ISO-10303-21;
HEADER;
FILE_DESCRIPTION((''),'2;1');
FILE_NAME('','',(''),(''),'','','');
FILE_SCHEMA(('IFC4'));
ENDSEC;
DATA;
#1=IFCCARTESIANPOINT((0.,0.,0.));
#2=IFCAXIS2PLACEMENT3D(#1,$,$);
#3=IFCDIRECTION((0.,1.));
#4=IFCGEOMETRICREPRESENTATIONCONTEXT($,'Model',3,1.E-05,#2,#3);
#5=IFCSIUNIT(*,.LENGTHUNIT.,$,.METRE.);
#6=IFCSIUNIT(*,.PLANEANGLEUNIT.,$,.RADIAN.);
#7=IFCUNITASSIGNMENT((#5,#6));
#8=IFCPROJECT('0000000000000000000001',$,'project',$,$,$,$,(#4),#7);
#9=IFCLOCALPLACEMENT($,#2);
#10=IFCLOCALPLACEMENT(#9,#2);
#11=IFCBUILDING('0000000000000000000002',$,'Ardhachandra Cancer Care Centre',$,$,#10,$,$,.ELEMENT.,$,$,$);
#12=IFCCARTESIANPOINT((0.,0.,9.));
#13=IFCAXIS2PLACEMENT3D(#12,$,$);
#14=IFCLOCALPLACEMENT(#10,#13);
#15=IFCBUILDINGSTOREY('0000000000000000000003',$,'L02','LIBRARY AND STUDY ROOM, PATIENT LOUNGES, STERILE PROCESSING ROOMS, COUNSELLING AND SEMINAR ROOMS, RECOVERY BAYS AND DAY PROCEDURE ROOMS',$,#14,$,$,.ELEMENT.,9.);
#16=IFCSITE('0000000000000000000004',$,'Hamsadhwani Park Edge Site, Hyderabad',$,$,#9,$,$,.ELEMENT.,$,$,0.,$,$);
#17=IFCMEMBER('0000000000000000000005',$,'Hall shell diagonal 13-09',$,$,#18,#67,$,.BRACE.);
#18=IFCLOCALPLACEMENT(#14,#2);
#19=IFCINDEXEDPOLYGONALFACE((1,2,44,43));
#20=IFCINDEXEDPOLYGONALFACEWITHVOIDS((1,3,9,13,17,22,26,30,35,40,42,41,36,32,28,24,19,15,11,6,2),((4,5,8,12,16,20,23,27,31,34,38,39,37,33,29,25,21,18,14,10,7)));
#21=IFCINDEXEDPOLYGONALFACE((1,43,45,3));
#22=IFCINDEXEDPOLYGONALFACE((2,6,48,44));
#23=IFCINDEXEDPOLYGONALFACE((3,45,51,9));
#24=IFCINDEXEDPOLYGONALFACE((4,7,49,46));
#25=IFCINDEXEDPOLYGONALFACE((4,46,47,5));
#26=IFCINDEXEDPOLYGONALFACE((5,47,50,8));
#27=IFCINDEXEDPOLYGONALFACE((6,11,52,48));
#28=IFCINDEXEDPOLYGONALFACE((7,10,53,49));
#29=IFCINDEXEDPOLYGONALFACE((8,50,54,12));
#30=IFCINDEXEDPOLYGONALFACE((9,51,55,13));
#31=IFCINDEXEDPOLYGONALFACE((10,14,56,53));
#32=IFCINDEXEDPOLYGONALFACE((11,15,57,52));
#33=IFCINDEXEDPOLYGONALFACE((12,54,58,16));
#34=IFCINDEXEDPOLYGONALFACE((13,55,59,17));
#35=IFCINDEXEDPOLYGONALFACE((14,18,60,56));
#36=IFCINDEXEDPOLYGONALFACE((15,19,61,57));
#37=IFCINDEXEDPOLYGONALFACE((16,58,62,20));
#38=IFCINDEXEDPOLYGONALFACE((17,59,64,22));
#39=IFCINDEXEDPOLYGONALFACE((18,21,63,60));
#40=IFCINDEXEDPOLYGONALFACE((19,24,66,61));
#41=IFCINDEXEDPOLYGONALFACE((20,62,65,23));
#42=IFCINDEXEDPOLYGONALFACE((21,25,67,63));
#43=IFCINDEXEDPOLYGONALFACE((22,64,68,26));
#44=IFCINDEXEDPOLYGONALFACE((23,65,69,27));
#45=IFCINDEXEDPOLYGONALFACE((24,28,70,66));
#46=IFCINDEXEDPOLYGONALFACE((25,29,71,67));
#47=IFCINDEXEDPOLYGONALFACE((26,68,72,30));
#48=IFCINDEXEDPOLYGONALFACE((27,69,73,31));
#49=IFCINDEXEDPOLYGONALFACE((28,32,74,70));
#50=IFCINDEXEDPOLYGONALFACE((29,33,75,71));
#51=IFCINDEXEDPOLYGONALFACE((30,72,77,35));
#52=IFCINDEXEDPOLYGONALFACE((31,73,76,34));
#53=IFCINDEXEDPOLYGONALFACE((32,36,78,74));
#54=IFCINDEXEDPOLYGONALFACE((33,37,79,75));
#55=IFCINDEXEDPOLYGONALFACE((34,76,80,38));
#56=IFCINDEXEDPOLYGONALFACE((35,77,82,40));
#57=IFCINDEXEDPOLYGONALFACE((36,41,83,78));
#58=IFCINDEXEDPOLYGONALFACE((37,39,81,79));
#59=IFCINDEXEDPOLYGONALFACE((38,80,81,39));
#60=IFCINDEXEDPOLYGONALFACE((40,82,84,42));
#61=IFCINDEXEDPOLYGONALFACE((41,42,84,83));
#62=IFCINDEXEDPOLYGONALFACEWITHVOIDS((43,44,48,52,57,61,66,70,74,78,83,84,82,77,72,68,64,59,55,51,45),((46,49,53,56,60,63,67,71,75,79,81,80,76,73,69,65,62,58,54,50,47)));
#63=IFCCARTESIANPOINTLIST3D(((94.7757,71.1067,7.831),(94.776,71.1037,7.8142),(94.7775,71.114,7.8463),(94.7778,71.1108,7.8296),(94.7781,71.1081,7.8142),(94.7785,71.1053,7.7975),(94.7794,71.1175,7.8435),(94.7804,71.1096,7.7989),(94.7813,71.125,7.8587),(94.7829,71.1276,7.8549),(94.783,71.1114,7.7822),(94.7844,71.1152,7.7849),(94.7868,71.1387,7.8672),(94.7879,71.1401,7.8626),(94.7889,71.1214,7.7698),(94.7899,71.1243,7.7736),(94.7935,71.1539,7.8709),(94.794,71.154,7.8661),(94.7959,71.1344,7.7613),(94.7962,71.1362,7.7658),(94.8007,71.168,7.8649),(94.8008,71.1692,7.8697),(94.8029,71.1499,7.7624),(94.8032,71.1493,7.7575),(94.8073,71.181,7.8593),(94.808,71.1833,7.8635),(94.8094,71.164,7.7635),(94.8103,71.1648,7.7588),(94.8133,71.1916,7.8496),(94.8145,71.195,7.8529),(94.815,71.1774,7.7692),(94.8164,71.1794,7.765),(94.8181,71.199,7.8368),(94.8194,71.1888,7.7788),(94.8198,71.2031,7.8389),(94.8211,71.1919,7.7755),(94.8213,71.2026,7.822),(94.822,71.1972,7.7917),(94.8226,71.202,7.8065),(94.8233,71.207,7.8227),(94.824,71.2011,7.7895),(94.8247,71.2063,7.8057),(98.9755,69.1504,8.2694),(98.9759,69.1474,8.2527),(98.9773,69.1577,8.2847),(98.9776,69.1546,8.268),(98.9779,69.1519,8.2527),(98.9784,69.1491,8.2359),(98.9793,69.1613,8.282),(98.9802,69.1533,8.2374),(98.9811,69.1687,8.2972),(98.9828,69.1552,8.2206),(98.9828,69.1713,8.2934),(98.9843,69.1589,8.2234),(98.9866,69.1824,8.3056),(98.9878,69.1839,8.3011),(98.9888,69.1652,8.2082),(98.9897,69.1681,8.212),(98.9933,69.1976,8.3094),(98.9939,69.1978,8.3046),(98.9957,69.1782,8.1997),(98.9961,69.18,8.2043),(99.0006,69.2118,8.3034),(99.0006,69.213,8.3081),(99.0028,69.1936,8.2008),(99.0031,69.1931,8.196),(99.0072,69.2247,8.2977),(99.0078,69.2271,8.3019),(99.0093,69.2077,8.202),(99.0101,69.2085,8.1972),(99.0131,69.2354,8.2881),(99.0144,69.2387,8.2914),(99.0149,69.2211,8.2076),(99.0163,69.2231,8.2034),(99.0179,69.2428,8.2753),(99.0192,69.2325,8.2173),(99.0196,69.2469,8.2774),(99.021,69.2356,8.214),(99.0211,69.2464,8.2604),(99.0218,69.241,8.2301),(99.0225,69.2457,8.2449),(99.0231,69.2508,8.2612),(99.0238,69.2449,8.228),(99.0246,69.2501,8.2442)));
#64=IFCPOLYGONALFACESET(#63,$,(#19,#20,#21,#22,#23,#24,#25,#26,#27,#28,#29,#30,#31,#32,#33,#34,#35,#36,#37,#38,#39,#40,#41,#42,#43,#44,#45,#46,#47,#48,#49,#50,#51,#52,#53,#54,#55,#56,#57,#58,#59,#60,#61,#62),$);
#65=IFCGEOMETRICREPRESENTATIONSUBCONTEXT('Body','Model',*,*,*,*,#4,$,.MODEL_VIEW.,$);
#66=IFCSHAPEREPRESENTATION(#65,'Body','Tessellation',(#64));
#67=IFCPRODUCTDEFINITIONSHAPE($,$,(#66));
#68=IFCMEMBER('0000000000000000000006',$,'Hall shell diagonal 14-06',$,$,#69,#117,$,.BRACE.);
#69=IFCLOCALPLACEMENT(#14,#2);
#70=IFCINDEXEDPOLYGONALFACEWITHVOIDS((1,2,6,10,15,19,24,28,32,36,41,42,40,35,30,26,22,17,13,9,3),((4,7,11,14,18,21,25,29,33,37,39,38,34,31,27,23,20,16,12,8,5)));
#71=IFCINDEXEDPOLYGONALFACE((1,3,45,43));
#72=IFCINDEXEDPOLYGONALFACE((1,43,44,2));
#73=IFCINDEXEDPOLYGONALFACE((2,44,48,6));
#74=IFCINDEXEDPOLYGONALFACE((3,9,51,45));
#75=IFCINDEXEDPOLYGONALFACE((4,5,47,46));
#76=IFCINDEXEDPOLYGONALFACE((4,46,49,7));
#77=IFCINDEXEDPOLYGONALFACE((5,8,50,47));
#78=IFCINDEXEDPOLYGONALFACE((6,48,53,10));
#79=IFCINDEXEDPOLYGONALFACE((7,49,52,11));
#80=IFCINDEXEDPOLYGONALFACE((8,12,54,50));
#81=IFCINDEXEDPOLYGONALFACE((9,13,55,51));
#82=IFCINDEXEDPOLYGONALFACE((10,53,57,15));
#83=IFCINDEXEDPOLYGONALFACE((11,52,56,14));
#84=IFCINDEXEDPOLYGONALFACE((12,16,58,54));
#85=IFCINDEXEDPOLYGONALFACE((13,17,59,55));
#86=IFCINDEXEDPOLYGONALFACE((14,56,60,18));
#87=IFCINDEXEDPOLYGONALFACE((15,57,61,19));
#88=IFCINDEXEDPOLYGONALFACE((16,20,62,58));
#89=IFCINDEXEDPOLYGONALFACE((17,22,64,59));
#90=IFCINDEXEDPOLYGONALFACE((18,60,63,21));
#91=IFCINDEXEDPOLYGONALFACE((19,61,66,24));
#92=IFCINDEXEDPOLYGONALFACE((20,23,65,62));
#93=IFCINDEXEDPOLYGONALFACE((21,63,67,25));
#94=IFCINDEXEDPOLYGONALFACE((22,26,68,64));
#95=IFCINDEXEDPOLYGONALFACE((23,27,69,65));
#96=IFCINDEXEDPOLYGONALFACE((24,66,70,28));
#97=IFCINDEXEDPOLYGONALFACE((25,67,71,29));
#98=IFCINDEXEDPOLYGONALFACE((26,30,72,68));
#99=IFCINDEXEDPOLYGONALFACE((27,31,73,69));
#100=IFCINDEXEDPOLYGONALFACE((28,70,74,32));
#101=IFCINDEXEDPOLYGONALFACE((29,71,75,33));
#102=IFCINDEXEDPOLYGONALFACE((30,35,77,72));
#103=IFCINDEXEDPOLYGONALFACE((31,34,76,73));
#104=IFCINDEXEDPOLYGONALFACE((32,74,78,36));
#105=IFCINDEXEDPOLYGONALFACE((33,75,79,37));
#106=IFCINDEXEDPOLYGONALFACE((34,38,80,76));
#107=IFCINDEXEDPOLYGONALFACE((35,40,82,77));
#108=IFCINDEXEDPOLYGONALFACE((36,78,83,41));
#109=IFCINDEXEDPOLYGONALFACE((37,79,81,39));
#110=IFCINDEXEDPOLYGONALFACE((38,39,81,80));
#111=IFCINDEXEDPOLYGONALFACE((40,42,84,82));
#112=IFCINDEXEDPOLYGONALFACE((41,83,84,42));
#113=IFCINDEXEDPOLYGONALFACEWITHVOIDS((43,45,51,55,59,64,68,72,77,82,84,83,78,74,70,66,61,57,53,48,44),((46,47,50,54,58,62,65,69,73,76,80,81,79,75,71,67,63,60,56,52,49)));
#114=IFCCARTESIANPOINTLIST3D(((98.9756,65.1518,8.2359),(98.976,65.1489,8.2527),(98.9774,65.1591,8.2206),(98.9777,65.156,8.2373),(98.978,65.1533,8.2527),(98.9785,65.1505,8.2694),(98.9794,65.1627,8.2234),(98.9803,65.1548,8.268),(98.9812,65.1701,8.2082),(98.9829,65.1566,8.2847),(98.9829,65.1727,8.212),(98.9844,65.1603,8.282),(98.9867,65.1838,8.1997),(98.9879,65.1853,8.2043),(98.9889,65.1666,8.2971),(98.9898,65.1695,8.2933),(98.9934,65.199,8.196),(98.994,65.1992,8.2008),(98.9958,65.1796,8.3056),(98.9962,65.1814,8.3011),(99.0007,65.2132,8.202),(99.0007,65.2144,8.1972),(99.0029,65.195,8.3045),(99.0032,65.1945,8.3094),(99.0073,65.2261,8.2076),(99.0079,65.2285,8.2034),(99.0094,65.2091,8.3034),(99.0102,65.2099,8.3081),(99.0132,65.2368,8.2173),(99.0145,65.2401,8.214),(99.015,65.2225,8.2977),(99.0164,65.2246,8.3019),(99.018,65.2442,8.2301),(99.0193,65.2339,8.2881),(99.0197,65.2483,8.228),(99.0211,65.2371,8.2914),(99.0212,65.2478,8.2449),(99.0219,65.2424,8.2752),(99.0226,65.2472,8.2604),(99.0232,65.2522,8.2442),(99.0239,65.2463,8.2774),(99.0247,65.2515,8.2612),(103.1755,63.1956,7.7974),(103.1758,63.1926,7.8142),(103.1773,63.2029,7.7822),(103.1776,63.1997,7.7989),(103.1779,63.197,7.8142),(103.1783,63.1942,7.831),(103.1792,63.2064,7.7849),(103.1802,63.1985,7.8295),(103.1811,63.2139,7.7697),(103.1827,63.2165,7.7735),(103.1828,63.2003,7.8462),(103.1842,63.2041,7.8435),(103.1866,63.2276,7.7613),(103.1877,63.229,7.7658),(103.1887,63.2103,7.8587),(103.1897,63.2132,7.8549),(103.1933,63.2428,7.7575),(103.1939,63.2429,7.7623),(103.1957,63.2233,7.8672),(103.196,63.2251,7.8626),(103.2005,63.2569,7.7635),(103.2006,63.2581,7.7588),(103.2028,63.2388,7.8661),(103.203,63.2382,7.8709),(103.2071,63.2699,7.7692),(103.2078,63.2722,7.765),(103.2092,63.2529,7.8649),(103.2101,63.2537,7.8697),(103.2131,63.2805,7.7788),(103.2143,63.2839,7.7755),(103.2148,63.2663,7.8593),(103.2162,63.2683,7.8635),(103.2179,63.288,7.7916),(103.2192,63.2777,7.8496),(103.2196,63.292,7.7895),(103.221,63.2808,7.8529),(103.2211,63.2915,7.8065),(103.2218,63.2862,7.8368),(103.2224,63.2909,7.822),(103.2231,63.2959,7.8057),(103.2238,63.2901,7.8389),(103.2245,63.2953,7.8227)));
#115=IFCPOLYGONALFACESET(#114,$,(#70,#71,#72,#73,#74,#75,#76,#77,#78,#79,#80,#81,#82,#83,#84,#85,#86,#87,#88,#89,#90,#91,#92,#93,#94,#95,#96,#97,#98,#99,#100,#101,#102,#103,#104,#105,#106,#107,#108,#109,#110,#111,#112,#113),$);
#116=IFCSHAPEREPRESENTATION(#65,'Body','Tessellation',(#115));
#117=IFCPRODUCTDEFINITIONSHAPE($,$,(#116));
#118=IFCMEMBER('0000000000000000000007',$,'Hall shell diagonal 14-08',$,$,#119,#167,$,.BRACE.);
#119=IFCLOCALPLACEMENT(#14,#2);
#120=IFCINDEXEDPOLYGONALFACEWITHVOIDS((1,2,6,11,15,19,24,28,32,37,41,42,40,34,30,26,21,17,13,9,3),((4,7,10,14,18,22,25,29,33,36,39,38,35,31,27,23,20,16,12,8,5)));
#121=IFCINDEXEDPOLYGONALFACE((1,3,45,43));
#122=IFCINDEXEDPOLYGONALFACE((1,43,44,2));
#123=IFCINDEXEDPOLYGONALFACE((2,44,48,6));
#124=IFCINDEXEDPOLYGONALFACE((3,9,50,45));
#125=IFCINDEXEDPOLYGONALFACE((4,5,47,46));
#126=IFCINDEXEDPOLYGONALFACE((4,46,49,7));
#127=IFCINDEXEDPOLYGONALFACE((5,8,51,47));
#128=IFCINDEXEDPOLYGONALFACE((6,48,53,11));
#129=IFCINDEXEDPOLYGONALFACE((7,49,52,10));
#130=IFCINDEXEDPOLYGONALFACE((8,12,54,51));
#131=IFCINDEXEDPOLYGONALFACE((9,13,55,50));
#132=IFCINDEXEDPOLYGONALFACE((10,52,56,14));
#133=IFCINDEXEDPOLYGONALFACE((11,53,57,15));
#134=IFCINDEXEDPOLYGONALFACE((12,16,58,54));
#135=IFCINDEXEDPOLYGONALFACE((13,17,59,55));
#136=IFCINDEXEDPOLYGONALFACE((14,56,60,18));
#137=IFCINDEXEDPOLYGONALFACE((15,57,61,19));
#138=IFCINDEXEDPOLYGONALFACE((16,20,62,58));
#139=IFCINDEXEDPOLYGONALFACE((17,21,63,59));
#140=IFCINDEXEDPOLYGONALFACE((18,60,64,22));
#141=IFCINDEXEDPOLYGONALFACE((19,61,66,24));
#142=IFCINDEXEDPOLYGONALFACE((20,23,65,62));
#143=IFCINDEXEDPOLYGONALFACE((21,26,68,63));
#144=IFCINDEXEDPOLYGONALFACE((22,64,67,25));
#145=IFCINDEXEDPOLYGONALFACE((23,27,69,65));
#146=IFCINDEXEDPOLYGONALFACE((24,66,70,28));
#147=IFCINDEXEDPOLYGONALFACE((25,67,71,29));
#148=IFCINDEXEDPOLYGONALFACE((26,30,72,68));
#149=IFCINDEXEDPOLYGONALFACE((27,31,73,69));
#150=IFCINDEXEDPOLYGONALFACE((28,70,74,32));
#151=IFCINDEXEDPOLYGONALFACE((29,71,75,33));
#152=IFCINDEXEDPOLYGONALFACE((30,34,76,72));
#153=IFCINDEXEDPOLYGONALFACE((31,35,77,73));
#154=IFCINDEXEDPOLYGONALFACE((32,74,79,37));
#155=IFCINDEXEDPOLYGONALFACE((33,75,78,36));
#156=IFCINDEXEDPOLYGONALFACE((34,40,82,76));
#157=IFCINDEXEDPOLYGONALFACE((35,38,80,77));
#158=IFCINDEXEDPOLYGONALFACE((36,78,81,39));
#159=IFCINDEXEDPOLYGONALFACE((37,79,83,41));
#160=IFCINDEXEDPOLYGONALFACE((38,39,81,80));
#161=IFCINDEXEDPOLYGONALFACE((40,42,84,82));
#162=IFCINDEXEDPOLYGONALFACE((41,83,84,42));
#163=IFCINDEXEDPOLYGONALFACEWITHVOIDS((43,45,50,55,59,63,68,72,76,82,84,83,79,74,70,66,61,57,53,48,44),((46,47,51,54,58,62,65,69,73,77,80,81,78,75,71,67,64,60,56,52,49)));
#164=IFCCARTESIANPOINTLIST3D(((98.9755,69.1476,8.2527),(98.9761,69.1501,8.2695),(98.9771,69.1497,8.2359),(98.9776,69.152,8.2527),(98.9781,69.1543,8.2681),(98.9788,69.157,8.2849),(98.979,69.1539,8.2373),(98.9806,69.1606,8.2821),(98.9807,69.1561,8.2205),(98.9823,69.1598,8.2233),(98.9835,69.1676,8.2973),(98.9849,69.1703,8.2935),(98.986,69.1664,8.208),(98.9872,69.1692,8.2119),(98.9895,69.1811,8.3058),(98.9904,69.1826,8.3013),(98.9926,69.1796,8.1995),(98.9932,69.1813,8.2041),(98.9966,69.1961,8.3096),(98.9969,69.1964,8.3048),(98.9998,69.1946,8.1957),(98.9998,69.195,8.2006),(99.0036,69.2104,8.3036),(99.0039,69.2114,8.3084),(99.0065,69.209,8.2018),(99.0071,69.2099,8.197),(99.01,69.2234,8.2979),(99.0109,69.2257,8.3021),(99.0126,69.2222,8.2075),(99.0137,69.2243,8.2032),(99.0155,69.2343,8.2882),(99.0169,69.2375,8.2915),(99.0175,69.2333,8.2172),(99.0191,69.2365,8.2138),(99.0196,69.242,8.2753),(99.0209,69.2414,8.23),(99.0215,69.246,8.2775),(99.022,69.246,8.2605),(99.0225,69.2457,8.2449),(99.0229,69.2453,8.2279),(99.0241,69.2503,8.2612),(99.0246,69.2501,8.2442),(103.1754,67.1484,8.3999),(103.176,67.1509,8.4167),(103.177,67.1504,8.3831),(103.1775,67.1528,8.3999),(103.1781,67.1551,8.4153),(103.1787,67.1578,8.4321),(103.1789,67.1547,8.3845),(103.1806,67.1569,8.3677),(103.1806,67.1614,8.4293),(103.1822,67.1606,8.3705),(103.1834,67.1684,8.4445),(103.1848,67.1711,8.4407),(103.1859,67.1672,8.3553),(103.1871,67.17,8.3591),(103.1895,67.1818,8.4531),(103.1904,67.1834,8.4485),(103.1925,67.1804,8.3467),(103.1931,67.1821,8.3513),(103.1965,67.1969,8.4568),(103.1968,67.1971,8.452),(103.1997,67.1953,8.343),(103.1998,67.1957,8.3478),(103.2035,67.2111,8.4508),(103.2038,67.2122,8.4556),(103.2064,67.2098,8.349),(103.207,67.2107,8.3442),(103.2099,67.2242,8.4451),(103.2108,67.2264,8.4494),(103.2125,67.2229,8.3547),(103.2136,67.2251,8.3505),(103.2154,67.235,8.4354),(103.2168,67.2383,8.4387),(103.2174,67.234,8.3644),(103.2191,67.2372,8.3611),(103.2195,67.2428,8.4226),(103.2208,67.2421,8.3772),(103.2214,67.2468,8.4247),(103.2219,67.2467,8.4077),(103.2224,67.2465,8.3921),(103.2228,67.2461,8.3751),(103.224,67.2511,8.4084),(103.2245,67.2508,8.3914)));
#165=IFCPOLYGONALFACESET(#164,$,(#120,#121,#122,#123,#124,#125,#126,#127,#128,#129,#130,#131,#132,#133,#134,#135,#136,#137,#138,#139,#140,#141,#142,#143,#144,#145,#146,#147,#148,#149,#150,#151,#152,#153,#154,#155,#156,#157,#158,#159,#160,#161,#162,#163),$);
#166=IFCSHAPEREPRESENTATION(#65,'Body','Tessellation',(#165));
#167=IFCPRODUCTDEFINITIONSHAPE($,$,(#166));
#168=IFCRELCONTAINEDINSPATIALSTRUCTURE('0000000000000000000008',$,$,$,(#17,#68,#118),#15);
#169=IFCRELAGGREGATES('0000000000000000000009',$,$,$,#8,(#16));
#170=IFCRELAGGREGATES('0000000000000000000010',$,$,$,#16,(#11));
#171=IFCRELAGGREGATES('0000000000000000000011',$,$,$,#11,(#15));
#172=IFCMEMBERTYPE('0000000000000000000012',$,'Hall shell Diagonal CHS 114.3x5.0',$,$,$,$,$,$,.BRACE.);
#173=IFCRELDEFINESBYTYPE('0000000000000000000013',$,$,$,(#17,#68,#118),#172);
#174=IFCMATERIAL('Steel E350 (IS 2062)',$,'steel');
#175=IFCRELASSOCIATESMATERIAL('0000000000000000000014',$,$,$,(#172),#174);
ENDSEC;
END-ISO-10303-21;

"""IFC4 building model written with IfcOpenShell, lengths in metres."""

from ifc_helpers import new_model, si_unit, direction, frame, origin, origin_2d, place, context, subcontext, project, spatial, hollow_circle, extrude, material, material_profile, profile_set, type_object, element, save


model = new_model("IFC4")

# Units and contexts
model_context = context("Model", 3, precision=1e-05, world=origin(), true_north=direction((0.0, 1.0)))
body_context = subcontext(model_context, "Body", "Model", "MODEL_VIEW")
ifc_project = project(units=[si_unit("LENGTHUNIT", "METRE"), si_unit("PLANEANGLEUNIT", "RADIAN")], contexts=[model_context])

# Site, building, storey
site_placement = place(None, origin())
site = spatial("IfcSite", under=ifc_project, at=site_placement, Name="Hamsadhwani Park Edge Site, Hyderabad", CompositionType="ELEMENT", RefElevation=0.0)
building_placement = place(site_placement, origin())
building = spatial("IfcBuilding", under=site, at=building_placement, Name="Ardhachandra Cancer Care Centre", CompositionType="ELEMENT")
storey_placement = place(building_placement, frame((0.0, 0.0, 9.0)))
storey = spatial("IfcBuildingStorey", under=building, at=storey_placement, Name="L02", Description="LIBRARY AND STUDY ROOM, PATIENT LOUNGES, STERILE PROCESSING ROOMS, COUNSELLING AND SEMINAR ROOMS, RECOVERY BAYS AND DAY PROCEDURE ROOMS", CompositionType="ELEMENT", Elevation=9.0)

# Members
ifc_material_1 = material(Name="Steel E350 (IS 2062)", Category="steel")
ifc_material_profile_1 = material_profile(ifc_material_1, hollow_circle(Radius=0.0571, WallThickness=0.0049, at=origin_2d()), Name="CHS 114.3x5.0")
ifc_profile_set_1 = profile_set([ifc_material_profile_1], Name="Steel E350 (IS 2062)")
member_type_1 = type_object("IfcMemberType", Name="Hall shell Diagonal CHS 114.3x5.0", PredefinedType="BRACE", material=ifc_profile_set_1)
for number, where, z_axis, x_axis, name in (
    (1, (99.0, 69.1992, 8.2527), (-0.902455, 0.420355, -0.094217), (-0.422233, -0.906487, 0.0), "Hall shell diagonal 13-09"),
    (2, (103.2, 63.2444, 7.8142), (-0.902455, 0.420355, 0.094217), (-0.422233, -0.906487, 0.0), "Hall shell diagonal 14-06"),
    (3, (103.2, 67.2, 8.3999), (-0.902468, 0.429594, -0.031633), (-0.429809, -0.90292, 0.0), "Hall shell diagonal 14-08"),
):
    element("IfcMember", number, at=place(storey_placement, frame(where, z_axis=z_axis, x_axis=x_axis)), inside=storey, type_object=member_type_1, Name=name, PredefinedType="BRACE", context=body_context, shape_type="SweptSolid", body=[
        extrude(hollow_circle(Radius=0.0571, WallThickness=0.0049, at=origin_2d()), origin(), (0.0, 0.0, 1.0), 4.6538),
    ])

save(model, "model.ifc")
